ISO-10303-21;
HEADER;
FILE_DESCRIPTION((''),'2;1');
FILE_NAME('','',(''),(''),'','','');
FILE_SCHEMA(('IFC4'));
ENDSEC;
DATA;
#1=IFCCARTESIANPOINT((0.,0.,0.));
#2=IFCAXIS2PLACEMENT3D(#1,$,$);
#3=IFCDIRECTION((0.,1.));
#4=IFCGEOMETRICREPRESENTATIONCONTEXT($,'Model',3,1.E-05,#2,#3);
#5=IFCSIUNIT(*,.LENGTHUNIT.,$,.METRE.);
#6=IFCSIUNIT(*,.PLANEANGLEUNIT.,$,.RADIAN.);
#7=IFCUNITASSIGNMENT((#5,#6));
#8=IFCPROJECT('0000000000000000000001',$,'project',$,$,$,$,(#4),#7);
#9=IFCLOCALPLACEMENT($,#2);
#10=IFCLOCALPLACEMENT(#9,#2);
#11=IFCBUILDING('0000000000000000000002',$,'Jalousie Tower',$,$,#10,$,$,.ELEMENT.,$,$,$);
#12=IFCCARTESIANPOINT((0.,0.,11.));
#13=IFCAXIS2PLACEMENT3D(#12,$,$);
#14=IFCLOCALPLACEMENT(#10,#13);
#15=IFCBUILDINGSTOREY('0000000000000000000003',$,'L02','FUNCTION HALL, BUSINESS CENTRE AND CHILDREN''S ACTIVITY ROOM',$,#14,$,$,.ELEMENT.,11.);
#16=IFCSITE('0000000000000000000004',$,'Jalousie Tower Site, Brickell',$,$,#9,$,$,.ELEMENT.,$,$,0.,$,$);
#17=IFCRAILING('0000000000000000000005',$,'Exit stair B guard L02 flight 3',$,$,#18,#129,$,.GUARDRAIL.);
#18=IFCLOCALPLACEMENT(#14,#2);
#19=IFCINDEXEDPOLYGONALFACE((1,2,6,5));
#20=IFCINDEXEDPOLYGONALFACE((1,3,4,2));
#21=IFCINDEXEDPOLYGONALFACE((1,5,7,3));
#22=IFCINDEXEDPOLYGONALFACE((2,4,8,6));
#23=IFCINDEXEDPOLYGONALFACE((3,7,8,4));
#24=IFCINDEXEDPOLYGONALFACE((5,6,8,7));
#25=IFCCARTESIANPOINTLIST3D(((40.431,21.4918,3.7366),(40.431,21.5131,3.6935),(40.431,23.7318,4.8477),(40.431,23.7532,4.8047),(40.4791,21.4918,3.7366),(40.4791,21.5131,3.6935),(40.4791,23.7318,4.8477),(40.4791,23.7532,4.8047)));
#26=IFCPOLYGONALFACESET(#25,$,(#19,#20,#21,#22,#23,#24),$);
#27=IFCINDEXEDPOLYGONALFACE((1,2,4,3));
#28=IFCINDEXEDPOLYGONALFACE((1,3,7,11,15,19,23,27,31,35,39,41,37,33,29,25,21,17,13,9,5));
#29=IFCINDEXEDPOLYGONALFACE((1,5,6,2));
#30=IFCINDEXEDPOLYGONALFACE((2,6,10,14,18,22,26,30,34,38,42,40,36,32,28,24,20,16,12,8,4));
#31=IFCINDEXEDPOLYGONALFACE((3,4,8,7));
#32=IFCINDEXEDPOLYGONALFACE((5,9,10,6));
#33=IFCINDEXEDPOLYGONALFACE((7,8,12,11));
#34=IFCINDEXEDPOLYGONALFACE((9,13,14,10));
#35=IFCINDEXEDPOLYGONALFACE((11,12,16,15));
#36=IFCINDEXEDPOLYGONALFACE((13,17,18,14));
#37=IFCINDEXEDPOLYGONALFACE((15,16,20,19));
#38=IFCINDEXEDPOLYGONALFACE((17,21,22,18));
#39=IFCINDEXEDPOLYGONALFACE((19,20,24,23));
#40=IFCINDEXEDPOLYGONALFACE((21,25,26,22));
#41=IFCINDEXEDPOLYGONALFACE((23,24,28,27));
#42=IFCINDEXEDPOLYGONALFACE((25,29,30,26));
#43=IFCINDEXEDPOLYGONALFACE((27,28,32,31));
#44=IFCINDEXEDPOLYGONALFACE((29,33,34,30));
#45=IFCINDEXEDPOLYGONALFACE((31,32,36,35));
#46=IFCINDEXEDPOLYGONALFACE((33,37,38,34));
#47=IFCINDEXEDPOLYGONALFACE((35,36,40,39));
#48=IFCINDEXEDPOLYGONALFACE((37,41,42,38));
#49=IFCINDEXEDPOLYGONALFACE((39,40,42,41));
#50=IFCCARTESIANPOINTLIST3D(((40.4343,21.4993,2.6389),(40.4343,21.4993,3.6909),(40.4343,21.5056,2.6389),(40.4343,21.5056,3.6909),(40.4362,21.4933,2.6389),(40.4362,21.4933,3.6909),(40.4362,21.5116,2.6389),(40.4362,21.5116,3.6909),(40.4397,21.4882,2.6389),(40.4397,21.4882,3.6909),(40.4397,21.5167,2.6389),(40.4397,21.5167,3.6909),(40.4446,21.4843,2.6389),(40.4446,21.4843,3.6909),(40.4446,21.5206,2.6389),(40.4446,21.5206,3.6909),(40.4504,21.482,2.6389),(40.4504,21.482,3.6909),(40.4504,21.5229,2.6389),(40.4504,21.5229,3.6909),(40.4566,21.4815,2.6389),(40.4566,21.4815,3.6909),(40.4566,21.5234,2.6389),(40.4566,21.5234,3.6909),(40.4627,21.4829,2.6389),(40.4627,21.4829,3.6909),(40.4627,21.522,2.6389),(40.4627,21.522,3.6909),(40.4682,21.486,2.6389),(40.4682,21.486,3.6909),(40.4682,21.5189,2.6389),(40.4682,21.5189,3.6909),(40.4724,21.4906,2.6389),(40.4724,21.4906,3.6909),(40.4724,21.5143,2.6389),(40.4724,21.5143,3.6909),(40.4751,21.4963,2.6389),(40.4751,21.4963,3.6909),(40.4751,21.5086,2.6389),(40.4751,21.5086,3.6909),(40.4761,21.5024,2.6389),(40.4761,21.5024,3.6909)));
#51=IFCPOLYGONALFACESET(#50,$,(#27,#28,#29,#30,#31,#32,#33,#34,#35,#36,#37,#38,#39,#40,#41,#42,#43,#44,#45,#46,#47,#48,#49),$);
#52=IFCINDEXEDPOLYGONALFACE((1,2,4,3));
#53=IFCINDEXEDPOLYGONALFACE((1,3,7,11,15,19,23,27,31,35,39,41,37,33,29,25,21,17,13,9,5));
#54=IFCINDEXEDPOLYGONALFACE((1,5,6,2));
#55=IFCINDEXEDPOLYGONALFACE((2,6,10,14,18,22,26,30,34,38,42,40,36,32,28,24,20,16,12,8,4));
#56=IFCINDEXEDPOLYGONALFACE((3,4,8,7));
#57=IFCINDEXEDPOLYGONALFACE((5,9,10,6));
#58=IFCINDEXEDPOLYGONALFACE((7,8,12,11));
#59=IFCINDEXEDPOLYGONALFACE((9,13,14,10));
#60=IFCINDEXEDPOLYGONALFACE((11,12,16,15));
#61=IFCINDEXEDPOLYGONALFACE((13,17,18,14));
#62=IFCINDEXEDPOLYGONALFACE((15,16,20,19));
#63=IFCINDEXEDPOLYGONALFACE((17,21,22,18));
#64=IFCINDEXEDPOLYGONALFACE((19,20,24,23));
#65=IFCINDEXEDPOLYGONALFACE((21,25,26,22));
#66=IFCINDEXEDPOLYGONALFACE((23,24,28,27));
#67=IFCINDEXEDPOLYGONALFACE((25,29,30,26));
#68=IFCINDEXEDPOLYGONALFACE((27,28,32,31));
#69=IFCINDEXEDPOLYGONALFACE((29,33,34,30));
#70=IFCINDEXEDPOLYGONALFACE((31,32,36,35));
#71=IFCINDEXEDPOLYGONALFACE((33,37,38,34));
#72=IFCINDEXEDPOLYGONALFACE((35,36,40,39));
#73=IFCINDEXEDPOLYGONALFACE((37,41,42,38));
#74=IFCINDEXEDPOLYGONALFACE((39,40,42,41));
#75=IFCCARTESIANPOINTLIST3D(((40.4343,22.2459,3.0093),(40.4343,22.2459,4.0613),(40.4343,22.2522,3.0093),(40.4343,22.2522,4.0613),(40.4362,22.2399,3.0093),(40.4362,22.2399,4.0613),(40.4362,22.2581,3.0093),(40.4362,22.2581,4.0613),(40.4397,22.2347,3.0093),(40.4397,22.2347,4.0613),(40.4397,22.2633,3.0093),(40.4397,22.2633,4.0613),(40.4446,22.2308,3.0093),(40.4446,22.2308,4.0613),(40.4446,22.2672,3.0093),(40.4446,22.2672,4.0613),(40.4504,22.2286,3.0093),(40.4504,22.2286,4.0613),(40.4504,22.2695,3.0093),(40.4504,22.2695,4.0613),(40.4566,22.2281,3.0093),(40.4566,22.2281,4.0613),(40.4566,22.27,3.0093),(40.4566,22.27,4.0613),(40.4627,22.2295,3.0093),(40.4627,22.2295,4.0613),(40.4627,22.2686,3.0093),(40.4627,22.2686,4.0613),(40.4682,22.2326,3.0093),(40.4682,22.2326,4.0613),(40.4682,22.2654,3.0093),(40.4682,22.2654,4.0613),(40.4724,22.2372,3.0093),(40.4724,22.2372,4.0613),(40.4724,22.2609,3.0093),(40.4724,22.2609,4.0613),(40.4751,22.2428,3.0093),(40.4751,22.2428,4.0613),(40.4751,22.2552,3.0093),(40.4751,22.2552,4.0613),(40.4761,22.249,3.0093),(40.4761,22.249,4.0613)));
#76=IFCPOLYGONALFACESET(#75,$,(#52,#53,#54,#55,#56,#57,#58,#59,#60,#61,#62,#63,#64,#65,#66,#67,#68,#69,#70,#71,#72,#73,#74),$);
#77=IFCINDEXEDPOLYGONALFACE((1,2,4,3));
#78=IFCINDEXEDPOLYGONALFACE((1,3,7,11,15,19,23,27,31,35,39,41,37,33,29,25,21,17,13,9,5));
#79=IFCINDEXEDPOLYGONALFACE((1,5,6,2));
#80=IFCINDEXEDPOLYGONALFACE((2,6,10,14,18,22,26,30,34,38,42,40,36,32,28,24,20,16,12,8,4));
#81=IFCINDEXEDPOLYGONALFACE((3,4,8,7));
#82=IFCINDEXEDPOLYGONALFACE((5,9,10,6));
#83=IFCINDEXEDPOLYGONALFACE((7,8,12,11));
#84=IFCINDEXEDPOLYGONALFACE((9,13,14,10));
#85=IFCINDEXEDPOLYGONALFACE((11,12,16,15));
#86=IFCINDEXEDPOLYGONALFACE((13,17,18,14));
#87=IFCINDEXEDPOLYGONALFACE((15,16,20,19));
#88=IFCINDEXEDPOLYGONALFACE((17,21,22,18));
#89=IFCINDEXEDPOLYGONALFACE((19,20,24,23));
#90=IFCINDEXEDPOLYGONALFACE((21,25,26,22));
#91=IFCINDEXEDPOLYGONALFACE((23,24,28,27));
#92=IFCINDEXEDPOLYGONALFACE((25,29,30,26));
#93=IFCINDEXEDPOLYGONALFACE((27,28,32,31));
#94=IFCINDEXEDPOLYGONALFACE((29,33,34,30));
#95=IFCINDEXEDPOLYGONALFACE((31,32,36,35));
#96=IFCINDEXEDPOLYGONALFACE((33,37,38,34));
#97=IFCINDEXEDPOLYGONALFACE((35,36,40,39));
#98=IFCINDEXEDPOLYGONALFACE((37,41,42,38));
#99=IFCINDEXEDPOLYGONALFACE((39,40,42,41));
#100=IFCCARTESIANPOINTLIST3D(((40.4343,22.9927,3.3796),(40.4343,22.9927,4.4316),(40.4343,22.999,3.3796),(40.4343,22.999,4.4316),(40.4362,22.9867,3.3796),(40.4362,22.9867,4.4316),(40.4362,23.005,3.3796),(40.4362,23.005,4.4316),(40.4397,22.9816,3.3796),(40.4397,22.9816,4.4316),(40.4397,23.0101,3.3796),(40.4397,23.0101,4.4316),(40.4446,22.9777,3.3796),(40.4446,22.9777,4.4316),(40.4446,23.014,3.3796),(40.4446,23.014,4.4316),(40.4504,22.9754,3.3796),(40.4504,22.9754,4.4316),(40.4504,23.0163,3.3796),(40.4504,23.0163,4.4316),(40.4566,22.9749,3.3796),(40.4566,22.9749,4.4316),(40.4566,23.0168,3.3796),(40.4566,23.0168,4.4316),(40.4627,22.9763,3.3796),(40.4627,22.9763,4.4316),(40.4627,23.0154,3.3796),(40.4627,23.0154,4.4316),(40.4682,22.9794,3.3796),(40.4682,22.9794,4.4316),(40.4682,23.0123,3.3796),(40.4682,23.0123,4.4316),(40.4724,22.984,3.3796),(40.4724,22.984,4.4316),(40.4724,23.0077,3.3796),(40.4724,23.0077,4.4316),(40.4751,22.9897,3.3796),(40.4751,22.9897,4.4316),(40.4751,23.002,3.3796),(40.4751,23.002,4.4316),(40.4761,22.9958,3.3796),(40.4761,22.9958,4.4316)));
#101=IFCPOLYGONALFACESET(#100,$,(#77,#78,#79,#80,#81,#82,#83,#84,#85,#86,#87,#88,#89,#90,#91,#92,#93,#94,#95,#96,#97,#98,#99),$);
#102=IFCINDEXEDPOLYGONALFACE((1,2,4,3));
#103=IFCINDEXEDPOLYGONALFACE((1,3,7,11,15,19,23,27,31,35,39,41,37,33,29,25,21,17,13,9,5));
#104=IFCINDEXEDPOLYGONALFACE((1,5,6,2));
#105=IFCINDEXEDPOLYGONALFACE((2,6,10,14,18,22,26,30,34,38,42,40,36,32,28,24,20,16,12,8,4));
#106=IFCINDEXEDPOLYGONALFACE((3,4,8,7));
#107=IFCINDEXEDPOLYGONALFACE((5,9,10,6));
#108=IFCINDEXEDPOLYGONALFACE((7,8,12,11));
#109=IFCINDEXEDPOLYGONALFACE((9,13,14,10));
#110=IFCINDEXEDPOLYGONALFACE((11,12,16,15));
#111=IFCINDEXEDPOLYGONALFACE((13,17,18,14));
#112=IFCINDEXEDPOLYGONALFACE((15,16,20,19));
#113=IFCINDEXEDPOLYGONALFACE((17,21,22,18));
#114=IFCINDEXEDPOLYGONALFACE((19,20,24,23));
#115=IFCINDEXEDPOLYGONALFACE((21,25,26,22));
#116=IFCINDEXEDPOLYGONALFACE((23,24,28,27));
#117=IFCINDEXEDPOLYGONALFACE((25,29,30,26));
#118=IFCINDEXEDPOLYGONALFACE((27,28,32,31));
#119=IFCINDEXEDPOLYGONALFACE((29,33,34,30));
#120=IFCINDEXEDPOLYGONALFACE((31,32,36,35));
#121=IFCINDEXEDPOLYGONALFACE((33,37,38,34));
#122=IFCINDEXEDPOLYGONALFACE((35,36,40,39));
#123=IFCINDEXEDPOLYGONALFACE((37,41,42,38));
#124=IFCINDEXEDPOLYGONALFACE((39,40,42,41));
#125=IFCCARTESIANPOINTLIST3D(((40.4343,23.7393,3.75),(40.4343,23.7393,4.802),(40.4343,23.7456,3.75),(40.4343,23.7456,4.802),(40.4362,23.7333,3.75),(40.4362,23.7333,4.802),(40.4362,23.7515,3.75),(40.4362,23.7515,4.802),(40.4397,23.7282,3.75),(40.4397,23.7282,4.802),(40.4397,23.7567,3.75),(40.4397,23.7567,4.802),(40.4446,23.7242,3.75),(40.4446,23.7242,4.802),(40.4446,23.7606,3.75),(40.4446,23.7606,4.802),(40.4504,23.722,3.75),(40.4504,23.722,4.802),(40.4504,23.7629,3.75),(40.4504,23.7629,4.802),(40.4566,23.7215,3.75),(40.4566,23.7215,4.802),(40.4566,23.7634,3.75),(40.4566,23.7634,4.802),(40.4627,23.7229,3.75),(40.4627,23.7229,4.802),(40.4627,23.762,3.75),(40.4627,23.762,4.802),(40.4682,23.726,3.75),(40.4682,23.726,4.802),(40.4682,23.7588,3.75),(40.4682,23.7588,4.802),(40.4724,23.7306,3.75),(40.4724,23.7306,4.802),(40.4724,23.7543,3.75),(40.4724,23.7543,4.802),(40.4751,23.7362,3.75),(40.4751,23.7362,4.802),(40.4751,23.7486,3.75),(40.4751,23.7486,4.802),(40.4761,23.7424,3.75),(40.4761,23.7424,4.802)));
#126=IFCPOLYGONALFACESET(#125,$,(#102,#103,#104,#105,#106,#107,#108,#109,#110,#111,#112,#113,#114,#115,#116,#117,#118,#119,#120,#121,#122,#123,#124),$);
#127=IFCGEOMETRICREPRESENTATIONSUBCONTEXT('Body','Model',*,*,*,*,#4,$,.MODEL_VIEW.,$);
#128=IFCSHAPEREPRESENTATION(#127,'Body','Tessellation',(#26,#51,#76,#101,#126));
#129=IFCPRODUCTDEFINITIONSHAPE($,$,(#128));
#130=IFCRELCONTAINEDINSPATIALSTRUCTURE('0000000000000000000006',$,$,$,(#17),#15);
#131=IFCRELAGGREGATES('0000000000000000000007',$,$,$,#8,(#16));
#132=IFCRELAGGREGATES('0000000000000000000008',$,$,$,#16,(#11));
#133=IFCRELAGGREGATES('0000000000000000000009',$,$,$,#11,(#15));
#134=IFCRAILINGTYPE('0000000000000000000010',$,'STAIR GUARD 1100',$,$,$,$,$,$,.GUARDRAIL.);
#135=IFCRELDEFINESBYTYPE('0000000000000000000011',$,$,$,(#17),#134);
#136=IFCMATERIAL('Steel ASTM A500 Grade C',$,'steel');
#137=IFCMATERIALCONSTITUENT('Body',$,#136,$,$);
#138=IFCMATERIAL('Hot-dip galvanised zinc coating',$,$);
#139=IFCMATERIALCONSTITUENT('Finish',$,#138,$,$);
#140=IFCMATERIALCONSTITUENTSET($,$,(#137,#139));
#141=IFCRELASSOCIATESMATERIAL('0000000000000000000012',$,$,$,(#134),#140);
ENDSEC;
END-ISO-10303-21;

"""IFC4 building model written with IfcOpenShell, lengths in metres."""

from ifc_helpers import new_model, si_unit, direction, frame, origin, origin_2d, place, context, subcontext, project, spatial, rectangle, circle, extrude, material, constituent, constituent_set, type_object, element, save


model = new_model("IFC4")

# Units and contexts
model_context = context("Model", 3, precision=1e-05, world=origin(), true_north=direction((0.0, 1.0)))
body_context = subcontext(model_context, "Body", "Model", "MODEL_VIEW")
ifc_project = project(units=[si_unit("LENGTHUNIT", "METRE"), si_unit("PLANEANGLEUNIT", "RADIAN")], contexts=[model_context])

# Site, building, storey
site_placement = place(None, origin())
site = spatial("IfcSite", under=ifc_project, at=site_placement, Name="Jalousie Tower Site, Brickell", CompositionType="ELEMENT", RefElevation=0.0)
building_placement = place(site_placement, origin())
building = spatial("IfcBuilding", under=site, at=building_placement, Name="Jalousie Tower", CompositionType="ELEMENT")
storey_placement = place(building_placement, frame((0.0, 0.0, 11.0)))
storey = spatial("IfcBuildingStorey", under=building, at=storey_placement, Name="L02", Description="FUNCTION HALL, BUSINESS CENTRE AND CHILDREN'S ACTIVITY ROOM", CompositionType="ELEMENT", Elevation=11.0)

# Railing
ifc_material_1 = material(Name="Steel ASTM A500 Grade C", Category="steel")
ifc_constituent_1 = constituent(ifc_material_1, Name="Body")
ifc_material_2 = material(Name="Hot-dip galvanised zinc coating")
ifc_constituent_2 = constituent(ifc_material_2, Name="Finish")
ifc_constituent_set_1 = constituent_set(constituents=[ifc_constituent_1, ifc_constituent_2])
railing_type_1 = type_object("IfcRailingType", Name="STAIR GUARD 1100", PredefinedType="GUARDRAIL", material=ifc_constituent_set_1)
for number, where, name in (
    (1, (40.4551, 21.5024, 2.6389), "Exit stair B guard L02 flight 3"),
):
    element("IfcRailing", number, at=place(storey_placement, frame(where)), inside=storey, type_object=railing_type_1, Name=name, PredefinedType="GUARDRAIL", context=body_context, shape_type="SweptSolid", body=[
        extrude(rectangle(XDim=0.0481, YDim=0.0481, at=origin_2d()), frame((0.0, 0.0, 1.0762), z_axis=(0.0, 0.895848, 0.44436), x_axis=(-1.0, 0.0, 0.0)), (0.0, 0.0, 1.0), 2.5005),
        extrude(circle(Radius=0.021, at=origin_2d()), origin(), (0.0, 0.0, 1.0), 1.052),
        extrude(circle(Radius=0.021, at=origin_2d()), frame((0.0, 0.7466, 0.3704)), (0.0, 0.0, 1.0), 1.052),
        extrude(circle(Radius=0.021, at=origin_2d()), frame((0.0, 1.4934, 0.7407)), (0.0, 0.0, 1.0), 1.052),
        extrude(circle(Radius=0.021, at=origin_2d()), frame((0.0, 2.24, 1.1111)), (0.0, 0.0, 1.0), 1.052),
    ])

save(model, "model.ifc")
